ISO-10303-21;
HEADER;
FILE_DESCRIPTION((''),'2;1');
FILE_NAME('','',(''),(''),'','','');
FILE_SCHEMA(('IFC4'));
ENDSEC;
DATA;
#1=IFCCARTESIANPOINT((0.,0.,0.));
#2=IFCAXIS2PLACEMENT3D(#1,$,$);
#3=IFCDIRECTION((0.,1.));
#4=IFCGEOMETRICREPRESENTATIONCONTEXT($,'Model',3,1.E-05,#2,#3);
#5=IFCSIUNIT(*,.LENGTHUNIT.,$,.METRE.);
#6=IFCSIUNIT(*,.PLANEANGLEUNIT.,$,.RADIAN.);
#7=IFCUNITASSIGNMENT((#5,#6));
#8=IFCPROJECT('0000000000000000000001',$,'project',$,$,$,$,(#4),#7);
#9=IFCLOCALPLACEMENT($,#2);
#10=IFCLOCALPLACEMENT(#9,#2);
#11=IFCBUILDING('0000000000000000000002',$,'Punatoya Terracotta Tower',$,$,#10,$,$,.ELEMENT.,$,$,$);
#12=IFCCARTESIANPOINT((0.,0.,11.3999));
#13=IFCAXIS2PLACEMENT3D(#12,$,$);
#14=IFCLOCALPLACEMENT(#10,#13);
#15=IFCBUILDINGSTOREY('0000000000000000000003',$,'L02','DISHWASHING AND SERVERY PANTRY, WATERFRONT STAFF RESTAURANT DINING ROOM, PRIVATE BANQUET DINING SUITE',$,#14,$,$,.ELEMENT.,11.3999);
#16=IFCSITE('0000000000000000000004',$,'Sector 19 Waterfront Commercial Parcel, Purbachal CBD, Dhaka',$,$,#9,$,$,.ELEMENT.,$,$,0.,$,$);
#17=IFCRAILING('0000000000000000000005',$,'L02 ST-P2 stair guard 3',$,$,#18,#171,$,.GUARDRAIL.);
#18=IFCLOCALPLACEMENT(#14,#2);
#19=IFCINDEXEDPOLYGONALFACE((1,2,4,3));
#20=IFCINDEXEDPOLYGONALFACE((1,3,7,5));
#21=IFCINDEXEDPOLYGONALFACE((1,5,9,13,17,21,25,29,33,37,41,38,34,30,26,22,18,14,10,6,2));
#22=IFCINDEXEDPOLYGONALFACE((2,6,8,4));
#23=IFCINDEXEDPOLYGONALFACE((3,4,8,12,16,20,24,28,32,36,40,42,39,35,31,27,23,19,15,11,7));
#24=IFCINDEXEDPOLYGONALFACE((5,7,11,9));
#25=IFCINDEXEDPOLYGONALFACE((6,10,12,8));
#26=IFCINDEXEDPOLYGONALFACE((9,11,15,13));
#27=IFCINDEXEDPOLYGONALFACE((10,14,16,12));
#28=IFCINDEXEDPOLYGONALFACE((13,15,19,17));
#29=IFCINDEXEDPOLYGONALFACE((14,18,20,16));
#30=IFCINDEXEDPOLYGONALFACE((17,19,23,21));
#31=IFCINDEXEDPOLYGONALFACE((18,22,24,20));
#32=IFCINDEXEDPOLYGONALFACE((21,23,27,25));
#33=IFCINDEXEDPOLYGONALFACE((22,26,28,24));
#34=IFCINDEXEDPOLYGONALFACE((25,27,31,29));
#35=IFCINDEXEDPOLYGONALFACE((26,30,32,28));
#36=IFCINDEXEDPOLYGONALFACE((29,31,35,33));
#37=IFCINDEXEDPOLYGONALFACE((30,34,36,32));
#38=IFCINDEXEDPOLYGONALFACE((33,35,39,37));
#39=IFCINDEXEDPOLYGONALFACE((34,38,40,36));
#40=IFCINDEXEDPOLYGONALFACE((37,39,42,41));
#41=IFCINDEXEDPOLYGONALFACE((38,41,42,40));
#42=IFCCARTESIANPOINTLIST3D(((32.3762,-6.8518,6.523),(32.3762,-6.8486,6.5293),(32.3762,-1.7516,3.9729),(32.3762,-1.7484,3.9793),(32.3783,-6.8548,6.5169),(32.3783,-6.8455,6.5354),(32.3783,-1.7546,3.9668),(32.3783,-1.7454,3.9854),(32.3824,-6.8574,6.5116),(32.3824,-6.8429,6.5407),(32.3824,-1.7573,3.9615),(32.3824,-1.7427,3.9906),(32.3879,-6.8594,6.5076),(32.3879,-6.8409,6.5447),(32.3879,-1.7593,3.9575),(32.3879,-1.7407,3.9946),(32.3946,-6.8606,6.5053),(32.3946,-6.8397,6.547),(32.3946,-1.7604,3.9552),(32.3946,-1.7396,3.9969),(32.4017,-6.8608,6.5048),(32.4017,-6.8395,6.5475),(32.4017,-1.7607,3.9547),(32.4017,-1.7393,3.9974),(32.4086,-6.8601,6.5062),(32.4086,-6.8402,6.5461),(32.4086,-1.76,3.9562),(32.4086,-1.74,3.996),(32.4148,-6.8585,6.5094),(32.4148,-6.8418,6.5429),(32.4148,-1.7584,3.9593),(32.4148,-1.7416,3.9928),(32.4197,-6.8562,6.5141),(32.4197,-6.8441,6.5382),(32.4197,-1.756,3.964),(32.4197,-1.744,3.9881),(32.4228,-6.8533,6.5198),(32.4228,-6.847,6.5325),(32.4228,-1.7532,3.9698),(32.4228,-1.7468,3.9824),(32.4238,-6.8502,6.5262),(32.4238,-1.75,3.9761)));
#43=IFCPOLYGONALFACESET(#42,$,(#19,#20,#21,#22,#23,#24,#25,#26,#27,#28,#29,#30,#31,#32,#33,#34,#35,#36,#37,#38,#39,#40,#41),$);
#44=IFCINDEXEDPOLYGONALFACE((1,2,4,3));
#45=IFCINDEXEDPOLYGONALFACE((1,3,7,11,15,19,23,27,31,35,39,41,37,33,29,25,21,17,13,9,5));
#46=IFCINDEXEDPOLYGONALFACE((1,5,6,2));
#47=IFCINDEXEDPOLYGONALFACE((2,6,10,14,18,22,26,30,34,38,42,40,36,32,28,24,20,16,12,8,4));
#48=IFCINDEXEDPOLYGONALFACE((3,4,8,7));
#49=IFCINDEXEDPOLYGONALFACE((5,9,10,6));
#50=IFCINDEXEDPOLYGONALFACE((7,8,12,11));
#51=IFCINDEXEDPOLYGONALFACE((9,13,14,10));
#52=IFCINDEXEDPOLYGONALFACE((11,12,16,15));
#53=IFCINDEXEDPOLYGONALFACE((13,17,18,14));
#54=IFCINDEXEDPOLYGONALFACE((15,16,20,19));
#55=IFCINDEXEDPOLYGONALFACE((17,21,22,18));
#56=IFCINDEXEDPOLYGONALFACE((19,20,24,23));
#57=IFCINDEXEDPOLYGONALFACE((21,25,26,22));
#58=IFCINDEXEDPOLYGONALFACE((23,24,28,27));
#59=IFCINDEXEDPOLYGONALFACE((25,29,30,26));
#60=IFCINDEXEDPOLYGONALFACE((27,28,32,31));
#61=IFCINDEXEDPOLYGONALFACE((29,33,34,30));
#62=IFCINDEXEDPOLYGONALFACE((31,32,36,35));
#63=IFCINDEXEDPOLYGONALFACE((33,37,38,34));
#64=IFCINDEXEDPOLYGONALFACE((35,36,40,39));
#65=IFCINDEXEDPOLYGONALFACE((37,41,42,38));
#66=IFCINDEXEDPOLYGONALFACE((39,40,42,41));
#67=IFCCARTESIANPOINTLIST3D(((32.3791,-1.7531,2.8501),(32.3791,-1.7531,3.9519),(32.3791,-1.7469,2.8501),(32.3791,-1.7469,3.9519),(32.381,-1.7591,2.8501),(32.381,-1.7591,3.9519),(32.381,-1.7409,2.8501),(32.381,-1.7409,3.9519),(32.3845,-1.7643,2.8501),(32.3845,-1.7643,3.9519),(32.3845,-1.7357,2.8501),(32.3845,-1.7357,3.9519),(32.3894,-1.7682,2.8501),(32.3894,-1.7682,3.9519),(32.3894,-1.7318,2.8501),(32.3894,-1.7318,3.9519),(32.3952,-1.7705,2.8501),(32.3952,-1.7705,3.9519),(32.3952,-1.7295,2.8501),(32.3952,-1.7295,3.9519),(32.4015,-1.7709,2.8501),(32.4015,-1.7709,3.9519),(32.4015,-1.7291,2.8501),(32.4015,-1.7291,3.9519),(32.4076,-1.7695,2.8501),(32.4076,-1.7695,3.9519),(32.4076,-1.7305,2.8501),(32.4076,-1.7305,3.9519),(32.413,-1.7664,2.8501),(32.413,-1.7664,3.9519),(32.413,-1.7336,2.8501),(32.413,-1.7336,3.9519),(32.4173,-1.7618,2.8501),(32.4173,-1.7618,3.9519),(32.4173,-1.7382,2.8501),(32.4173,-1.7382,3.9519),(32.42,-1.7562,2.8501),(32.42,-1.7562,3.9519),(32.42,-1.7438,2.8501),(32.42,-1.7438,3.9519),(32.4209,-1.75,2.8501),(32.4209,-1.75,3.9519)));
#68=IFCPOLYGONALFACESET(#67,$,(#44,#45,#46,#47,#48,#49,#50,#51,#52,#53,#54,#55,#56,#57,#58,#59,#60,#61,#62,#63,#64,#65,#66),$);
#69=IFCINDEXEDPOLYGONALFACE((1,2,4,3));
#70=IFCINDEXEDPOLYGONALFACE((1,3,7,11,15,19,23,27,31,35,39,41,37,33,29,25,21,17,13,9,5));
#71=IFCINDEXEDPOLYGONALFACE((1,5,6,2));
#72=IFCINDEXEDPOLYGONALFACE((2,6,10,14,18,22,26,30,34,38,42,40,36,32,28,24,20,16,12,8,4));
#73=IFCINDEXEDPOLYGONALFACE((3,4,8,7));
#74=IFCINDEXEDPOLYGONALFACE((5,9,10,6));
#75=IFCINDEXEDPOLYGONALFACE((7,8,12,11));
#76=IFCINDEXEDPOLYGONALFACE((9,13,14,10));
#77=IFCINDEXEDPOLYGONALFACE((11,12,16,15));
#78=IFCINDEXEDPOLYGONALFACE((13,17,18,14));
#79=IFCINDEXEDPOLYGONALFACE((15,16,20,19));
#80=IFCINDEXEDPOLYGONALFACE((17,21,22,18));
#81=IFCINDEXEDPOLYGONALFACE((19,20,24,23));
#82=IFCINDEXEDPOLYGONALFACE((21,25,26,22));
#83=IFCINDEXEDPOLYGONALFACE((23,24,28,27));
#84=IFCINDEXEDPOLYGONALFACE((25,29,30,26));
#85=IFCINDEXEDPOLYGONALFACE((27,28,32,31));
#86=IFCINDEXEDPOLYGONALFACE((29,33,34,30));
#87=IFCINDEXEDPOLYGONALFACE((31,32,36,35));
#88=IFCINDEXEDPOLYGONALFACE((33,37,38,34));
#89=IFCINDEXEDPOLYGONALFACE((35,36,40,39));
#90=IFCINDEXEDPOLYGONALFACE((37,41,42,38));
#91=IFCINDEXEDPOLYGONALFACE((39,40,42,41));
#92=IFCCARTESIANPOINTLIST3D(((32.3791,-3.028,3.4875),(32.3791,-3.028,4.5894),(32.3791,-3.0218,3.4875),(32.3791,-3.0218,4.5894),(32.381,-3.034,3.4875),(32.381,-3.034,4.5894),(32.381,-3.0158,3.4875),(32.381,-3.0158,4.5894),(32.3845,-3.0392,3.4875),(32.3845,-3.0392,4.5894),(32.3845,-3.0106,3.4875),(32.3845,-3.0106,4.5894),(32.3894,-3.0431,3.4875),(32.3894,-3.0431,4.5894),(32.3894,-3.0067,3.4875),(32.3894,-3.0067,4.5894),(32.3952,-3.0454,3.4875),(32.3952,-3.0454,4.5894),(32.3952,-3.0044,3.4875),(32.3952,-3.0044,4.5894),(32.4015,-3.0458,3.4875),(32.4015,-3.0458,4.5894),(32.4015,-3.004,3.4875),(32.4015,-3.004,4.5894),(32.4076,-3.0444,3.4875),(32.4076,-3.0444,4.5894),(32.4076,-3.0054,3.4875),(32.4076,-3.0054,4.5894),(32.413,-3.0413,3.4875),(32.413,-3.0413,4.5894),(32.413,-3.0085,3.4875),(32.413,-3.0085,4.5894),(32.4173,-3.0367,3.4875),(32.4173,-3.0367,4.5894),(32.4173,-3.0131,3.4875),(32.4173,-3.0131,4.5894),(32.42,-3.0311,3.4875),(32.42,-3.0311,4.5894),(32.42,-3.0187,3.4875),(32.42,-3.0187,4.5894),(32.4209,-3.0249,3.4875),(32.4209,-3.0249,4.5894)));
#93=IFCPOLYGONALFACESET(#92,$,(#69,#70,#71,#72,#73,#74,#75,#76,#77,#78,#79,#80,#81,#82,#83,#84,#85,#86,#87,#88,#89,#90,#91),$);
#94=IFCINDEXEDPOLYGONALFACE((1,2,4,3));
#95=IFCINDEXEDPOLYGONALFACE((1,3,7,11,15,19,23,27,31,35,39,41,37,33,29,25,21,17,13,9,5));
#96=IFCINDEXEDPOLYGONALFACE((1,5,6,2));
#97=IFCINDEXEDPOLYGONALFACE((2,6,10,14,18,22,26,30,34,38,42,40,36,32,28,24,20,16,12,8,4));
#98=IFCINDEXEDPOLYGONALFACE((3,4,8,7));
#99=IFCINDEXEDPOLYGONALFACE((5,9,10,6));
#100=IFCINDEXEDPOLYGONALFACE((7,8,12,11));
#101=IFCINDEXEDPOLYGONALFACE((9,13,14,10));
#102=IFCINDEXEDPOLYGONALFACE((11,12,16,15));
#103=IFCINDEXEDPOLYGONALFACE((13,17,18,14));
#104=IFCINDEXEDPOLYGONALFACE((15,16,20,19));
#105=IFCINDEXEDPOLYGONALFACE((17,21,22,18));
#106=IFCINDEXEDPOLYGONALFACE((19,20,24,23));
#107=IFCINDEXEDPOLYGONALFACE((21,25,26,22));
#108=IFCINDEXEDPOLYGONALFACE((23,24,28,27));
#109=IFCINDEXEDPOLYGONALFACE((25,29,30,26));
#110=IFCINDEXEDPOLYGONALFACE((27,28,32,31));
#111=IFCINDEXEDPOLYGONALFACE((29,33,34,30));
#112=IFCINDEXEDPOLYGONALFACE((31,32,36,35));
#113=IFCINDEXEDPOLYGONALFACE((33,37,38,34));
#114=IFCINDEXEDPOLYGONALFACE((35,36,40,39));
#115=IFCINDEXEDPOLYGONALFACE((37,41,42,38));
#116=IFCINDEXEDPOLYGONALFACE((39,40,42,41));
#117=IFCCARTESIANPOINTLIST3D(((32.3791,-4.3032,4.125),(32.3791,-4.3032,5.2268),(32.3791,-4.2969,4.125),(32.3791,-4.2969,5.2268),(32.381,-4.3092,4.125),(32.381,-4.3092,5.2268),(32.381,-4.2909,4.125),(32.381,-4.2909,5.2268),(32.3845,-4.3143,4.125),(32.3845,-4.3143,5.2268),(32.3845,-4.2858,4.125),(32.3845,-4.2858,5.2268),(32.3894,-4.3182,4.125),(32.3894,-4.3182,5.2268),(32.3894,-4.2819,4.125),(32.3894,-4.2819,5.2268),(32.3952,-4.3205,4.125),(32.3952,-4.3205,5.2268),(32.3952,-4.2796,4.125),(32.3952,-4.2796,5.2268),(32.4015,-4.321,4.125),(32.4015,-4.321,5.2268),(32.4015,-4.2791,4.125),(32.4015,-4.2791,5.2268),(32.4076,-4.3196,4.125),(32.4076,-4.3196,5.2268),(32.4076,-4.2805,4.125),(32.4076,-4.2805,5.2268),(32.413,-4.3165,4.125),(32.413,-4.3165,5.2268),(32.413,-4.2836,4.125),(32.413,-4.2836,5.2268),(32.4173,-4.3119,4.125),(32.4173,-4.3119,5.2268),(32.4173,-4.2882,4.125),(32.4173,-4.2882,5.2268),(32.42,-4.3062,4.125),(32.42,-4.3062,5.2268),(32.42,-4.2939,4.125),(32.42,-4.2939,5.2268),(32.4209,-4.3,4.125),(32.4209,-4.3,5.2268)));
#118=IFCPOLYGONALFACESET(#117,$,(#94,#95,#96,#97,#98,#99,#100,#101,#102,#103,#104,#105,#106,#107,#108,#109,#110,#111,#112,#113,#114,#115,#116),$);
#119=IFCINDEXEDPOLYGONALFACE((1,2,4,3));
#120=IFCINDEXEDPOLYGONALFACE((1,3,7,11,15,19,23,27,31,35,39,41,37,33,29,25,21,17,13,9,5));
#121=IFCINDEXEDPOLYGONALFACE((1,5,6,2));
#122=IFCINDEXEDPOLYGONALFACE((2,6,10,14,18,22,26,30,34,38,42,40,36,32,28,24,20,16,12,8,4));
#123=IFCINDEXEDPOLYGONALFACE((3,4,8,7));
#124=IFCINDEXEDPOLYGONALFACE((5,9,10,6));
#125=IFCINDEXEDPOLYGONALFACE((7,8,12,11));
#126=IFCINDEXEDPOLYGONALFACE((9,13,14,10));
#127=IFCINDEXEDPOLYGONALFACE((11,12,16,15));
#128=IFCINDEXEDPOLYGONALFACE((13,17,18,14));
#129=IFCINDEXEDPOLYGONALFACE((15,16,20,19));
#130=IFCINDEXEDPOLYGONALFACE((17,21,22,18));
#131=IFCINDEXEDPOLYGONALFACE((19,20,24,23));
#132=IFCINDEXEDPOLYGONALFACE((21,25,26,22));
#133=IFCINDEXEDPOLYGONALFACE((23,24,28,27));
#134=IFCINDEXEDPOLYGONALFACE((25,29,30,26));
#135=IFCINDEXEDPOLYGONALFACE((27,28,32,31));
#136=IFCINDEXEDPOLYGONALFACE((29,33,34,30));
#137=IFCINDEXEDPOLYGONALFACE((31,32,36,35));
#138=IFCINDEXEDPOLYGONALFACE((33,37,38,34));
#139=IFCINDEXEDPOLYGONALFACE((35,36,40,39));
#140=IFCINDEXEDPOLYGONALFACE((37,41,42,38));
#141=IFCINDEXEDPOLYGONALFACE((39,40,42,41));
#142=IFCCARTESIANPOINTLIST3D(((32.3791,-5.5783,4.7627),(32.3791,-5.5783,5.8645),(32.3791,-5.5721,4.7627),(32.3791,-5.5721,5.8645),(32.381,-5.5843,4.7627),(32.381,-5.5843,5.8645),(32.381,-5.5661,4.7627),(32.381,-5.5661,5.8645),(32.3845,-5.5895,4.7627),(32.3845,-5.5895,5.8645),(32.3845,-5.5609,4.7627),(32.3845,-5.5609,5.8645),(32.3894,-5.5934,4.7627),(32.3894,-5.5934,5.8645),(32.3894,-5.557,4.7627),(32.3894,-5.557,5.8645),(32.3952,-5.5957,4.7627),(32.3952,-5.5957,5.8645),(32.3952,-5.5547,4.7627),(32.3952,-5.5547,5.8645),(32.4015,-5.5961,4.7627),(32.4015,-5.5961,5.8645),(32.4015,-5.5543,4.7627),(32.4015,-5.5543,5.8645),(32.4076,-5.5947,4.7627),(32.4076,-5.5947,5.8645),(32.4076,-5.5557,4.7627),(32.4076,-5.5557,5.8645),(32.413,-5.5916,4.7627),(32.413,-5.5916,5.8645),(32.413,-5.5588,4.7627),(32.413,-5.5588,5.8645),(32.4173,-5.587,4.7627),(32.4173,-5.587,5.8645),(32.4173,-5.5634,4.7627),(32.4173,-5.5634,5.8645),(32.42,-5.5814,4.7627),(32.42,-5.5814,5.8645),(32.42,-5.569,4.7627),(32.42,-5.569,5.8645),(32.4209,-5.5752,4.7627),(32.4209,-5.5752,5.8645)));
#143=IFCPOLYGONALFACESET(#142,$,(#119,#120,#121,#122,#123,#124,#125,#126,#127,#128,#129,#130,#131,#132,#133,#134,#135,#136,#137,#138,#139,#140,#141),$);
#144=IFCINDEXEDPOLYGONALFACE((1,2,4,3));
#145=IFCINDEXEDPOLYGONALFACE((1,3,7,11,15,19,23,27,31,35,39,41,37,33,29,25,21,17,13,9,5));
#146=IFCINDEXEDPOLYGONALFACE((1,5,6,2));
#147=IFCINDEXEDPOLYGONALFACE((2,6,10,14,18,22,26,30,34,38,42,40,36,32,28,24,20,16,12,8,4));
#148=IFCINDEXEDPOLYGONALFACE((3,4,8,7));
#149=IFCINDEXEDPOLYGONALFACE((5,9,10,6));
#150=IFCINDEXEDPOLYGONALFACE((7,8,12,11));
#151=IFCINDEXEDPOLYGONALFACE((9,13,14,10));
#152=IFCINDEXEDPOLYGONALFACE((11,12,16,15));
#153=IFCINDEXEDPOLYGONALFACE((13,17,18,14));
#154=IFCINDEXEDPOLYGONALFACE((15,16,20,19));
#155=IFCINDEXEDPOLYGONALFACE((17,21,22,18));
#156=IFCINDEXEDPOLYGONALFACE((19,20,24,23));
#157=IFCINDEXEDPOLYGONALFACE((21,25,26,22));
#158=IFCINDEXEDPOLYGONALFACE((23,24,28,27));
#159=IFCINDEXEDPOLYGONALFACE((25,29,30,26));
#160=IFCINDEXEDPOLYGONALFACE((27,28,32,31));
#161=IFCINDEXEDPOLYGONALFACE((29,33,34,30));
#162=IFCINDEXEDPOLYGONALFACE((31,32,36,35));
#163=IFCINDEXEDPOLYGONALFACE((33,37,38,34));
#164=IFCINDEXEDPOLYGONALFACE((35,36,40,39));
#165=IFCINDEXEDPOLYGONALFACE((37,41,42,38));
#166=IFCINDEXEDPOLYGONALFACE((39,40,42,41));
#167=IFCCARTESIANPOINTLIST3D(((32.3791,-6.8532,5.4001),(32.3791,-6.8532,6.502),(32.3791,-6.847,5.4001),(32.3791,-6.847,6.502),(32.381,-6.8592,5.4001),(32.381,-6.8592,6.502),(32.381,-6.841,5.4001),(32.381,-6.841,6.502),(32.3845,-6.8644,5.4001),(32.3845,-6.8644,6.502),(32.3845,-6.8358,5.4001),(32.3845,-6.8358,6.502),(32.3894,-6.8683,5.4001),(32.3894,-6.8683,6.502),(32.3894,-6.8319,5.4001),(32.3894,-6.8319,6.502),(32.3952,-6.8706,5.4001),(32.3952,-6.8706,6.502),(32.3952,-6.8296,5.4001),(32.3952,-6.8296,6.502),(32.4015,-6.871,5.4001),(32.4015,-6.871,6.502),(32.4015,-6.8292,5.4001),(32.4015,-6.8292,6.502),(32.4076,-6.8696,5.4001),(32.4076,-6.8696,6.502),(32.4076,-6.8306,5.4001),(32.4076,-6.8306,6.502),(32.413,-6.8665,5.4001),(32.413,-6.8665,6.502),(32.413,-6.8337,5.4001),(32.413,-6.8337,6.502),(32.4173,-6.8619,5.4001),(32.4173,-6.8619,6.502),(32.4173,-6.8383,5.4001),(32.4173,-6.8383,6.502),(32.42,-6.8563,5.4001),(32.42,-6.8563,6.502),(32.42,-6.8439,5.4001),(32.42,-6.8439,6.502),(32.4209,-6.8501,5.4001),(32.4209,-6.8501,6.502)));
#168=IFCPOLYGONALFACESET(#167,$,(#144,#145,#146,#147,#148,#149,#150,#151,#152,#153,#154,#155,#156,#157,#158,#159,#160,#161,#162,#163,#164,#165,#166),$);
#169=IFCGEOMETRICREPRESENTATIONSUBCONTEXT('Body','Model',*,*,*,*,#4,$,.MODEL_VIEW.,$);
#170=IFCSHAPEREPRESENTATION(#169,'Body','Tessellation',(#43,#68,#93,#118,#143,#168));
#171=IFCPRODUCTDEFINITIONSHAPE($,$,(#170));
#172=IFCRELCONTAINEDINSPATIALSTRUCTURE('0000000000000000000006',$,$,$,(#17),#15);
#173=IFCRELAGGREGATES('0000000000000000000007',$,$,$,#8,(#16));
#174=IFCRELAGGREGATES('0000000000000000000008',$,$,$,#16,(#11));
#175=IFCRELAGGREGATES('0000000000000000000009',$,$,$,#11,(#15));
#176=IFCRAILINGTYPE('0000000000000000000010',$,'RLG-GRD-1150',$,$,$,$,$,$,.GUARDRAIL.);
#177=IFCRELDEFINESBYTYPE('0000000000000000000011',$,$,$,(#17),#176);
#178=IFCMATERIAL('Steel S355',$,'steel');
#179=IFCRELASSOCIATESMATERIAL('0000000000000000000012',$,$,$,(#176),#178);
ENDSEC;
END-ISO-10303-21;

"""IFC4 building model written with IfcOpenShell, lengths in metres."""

from ifc_helpers import new_model, si_unit, direction, frame, origin, origin_2d, place, context, subcontext, project, spatial, circle, extrude, material, type_object, element, save


model = new_model("IFC4")

# Units and contexts
model_context = context("Model", 3, precision=1e-05, world=origin(), true_north=direction((0.0, 1.0)))
body_context = subcontext(model_context, "Body", "Model", "MODEL_VIEW")
ifc_project = project(units=[si_unit("LENGTHUNIT", "METRE"), si_unit("PLANEANGLEUNIT", "RADIAN")], contexts=[model_context])

# Site, building, storey
site_placement = place(None, origin())
site = spatial("IfcSite", under=ifc_project, at=site_placement, Name="Sector 19 Waterfront Commercial Parcel, Purbachal CBD, Dhaka", CompositionType="ELEMENT", RefElevation=0.0)
building_placement = place(site_placement, origin())
building = spatial("IfcBuilding", under=site, at=building_placement, Name="Punatoya Terracotta Tower", CompositionType="ELEMENT")
storey_placement = place(building_placement, frame((0.0, 0.0, 11.3999)))
storey = spatial("IfcBuildingStorey", under=building, at=storey_placement, Name="L02", Description="DISHWASHING AND SERVERY PANTRY, WATERFRONT STAFF RESTAURANT DINING ROOM, PRIVATE BANQUET DINING SUITE", CompositionType="ELEMENT", Elevation=11.3999)

# Shared definitions
ifc_material_1 = material(Name="Steel S355", Category="steel")

# Railing
railing_type_1 = type_object("IfcRailingType", Name="RLG-GRD-1150", PredefinedType="GUARDRAIL", material=ifc_material_1)
railing_1_placement = place(storey_placement, frame((32.3999, -1.75, 2.8501)))
element("IfcRailing", 1, at=railing_1_placement, inside=storey, type_object=railing_type_1, Name="L02 ST-P2 stair guard 3", PredefinedType="GUARDRAIL", context=body_context, shape_type="SweptSolid", body=[
    extrude(circle(Radius=0.0239, at=origin_2d()), frame((0.0, 0.0, 1.126), z_axis=(0.0, -0.894427, 0.447214), x_axis=(1.0, 0.0, 0.0)), (0.0, 0.0, 1.0), 5.7021),
    extrude(circle(Radius=0.021, at=origin_2d()), origin(), (0.0, 0.0, 1.0), 1.1018),
    extrude(circle(Radius=0.021, at=origin_2d()), frame((0.0, -1.2749, 0.6375)), (0.0, 0.0, 1.0), 1.1018),
    extrude(circle(Radius=0.021, at=origin_2d()), frame((0.0, -2.55, 1.2749)), (0.0, 0.0, 1.0), 1.1018),
    extrude(circle(Radius=0.021, at=origin_2d()), frame((0.0, -3.8252, 1.9126)), (0.0, 0.0, 1.0), 1.1018),
    extrude(circle(Radius=0.021, at=origin_2d()), frame((0.0, -5.1001, 2.55)), (0.0, 0.0, 1.0), 1.1018),
])

save(model, "model.ifc")
